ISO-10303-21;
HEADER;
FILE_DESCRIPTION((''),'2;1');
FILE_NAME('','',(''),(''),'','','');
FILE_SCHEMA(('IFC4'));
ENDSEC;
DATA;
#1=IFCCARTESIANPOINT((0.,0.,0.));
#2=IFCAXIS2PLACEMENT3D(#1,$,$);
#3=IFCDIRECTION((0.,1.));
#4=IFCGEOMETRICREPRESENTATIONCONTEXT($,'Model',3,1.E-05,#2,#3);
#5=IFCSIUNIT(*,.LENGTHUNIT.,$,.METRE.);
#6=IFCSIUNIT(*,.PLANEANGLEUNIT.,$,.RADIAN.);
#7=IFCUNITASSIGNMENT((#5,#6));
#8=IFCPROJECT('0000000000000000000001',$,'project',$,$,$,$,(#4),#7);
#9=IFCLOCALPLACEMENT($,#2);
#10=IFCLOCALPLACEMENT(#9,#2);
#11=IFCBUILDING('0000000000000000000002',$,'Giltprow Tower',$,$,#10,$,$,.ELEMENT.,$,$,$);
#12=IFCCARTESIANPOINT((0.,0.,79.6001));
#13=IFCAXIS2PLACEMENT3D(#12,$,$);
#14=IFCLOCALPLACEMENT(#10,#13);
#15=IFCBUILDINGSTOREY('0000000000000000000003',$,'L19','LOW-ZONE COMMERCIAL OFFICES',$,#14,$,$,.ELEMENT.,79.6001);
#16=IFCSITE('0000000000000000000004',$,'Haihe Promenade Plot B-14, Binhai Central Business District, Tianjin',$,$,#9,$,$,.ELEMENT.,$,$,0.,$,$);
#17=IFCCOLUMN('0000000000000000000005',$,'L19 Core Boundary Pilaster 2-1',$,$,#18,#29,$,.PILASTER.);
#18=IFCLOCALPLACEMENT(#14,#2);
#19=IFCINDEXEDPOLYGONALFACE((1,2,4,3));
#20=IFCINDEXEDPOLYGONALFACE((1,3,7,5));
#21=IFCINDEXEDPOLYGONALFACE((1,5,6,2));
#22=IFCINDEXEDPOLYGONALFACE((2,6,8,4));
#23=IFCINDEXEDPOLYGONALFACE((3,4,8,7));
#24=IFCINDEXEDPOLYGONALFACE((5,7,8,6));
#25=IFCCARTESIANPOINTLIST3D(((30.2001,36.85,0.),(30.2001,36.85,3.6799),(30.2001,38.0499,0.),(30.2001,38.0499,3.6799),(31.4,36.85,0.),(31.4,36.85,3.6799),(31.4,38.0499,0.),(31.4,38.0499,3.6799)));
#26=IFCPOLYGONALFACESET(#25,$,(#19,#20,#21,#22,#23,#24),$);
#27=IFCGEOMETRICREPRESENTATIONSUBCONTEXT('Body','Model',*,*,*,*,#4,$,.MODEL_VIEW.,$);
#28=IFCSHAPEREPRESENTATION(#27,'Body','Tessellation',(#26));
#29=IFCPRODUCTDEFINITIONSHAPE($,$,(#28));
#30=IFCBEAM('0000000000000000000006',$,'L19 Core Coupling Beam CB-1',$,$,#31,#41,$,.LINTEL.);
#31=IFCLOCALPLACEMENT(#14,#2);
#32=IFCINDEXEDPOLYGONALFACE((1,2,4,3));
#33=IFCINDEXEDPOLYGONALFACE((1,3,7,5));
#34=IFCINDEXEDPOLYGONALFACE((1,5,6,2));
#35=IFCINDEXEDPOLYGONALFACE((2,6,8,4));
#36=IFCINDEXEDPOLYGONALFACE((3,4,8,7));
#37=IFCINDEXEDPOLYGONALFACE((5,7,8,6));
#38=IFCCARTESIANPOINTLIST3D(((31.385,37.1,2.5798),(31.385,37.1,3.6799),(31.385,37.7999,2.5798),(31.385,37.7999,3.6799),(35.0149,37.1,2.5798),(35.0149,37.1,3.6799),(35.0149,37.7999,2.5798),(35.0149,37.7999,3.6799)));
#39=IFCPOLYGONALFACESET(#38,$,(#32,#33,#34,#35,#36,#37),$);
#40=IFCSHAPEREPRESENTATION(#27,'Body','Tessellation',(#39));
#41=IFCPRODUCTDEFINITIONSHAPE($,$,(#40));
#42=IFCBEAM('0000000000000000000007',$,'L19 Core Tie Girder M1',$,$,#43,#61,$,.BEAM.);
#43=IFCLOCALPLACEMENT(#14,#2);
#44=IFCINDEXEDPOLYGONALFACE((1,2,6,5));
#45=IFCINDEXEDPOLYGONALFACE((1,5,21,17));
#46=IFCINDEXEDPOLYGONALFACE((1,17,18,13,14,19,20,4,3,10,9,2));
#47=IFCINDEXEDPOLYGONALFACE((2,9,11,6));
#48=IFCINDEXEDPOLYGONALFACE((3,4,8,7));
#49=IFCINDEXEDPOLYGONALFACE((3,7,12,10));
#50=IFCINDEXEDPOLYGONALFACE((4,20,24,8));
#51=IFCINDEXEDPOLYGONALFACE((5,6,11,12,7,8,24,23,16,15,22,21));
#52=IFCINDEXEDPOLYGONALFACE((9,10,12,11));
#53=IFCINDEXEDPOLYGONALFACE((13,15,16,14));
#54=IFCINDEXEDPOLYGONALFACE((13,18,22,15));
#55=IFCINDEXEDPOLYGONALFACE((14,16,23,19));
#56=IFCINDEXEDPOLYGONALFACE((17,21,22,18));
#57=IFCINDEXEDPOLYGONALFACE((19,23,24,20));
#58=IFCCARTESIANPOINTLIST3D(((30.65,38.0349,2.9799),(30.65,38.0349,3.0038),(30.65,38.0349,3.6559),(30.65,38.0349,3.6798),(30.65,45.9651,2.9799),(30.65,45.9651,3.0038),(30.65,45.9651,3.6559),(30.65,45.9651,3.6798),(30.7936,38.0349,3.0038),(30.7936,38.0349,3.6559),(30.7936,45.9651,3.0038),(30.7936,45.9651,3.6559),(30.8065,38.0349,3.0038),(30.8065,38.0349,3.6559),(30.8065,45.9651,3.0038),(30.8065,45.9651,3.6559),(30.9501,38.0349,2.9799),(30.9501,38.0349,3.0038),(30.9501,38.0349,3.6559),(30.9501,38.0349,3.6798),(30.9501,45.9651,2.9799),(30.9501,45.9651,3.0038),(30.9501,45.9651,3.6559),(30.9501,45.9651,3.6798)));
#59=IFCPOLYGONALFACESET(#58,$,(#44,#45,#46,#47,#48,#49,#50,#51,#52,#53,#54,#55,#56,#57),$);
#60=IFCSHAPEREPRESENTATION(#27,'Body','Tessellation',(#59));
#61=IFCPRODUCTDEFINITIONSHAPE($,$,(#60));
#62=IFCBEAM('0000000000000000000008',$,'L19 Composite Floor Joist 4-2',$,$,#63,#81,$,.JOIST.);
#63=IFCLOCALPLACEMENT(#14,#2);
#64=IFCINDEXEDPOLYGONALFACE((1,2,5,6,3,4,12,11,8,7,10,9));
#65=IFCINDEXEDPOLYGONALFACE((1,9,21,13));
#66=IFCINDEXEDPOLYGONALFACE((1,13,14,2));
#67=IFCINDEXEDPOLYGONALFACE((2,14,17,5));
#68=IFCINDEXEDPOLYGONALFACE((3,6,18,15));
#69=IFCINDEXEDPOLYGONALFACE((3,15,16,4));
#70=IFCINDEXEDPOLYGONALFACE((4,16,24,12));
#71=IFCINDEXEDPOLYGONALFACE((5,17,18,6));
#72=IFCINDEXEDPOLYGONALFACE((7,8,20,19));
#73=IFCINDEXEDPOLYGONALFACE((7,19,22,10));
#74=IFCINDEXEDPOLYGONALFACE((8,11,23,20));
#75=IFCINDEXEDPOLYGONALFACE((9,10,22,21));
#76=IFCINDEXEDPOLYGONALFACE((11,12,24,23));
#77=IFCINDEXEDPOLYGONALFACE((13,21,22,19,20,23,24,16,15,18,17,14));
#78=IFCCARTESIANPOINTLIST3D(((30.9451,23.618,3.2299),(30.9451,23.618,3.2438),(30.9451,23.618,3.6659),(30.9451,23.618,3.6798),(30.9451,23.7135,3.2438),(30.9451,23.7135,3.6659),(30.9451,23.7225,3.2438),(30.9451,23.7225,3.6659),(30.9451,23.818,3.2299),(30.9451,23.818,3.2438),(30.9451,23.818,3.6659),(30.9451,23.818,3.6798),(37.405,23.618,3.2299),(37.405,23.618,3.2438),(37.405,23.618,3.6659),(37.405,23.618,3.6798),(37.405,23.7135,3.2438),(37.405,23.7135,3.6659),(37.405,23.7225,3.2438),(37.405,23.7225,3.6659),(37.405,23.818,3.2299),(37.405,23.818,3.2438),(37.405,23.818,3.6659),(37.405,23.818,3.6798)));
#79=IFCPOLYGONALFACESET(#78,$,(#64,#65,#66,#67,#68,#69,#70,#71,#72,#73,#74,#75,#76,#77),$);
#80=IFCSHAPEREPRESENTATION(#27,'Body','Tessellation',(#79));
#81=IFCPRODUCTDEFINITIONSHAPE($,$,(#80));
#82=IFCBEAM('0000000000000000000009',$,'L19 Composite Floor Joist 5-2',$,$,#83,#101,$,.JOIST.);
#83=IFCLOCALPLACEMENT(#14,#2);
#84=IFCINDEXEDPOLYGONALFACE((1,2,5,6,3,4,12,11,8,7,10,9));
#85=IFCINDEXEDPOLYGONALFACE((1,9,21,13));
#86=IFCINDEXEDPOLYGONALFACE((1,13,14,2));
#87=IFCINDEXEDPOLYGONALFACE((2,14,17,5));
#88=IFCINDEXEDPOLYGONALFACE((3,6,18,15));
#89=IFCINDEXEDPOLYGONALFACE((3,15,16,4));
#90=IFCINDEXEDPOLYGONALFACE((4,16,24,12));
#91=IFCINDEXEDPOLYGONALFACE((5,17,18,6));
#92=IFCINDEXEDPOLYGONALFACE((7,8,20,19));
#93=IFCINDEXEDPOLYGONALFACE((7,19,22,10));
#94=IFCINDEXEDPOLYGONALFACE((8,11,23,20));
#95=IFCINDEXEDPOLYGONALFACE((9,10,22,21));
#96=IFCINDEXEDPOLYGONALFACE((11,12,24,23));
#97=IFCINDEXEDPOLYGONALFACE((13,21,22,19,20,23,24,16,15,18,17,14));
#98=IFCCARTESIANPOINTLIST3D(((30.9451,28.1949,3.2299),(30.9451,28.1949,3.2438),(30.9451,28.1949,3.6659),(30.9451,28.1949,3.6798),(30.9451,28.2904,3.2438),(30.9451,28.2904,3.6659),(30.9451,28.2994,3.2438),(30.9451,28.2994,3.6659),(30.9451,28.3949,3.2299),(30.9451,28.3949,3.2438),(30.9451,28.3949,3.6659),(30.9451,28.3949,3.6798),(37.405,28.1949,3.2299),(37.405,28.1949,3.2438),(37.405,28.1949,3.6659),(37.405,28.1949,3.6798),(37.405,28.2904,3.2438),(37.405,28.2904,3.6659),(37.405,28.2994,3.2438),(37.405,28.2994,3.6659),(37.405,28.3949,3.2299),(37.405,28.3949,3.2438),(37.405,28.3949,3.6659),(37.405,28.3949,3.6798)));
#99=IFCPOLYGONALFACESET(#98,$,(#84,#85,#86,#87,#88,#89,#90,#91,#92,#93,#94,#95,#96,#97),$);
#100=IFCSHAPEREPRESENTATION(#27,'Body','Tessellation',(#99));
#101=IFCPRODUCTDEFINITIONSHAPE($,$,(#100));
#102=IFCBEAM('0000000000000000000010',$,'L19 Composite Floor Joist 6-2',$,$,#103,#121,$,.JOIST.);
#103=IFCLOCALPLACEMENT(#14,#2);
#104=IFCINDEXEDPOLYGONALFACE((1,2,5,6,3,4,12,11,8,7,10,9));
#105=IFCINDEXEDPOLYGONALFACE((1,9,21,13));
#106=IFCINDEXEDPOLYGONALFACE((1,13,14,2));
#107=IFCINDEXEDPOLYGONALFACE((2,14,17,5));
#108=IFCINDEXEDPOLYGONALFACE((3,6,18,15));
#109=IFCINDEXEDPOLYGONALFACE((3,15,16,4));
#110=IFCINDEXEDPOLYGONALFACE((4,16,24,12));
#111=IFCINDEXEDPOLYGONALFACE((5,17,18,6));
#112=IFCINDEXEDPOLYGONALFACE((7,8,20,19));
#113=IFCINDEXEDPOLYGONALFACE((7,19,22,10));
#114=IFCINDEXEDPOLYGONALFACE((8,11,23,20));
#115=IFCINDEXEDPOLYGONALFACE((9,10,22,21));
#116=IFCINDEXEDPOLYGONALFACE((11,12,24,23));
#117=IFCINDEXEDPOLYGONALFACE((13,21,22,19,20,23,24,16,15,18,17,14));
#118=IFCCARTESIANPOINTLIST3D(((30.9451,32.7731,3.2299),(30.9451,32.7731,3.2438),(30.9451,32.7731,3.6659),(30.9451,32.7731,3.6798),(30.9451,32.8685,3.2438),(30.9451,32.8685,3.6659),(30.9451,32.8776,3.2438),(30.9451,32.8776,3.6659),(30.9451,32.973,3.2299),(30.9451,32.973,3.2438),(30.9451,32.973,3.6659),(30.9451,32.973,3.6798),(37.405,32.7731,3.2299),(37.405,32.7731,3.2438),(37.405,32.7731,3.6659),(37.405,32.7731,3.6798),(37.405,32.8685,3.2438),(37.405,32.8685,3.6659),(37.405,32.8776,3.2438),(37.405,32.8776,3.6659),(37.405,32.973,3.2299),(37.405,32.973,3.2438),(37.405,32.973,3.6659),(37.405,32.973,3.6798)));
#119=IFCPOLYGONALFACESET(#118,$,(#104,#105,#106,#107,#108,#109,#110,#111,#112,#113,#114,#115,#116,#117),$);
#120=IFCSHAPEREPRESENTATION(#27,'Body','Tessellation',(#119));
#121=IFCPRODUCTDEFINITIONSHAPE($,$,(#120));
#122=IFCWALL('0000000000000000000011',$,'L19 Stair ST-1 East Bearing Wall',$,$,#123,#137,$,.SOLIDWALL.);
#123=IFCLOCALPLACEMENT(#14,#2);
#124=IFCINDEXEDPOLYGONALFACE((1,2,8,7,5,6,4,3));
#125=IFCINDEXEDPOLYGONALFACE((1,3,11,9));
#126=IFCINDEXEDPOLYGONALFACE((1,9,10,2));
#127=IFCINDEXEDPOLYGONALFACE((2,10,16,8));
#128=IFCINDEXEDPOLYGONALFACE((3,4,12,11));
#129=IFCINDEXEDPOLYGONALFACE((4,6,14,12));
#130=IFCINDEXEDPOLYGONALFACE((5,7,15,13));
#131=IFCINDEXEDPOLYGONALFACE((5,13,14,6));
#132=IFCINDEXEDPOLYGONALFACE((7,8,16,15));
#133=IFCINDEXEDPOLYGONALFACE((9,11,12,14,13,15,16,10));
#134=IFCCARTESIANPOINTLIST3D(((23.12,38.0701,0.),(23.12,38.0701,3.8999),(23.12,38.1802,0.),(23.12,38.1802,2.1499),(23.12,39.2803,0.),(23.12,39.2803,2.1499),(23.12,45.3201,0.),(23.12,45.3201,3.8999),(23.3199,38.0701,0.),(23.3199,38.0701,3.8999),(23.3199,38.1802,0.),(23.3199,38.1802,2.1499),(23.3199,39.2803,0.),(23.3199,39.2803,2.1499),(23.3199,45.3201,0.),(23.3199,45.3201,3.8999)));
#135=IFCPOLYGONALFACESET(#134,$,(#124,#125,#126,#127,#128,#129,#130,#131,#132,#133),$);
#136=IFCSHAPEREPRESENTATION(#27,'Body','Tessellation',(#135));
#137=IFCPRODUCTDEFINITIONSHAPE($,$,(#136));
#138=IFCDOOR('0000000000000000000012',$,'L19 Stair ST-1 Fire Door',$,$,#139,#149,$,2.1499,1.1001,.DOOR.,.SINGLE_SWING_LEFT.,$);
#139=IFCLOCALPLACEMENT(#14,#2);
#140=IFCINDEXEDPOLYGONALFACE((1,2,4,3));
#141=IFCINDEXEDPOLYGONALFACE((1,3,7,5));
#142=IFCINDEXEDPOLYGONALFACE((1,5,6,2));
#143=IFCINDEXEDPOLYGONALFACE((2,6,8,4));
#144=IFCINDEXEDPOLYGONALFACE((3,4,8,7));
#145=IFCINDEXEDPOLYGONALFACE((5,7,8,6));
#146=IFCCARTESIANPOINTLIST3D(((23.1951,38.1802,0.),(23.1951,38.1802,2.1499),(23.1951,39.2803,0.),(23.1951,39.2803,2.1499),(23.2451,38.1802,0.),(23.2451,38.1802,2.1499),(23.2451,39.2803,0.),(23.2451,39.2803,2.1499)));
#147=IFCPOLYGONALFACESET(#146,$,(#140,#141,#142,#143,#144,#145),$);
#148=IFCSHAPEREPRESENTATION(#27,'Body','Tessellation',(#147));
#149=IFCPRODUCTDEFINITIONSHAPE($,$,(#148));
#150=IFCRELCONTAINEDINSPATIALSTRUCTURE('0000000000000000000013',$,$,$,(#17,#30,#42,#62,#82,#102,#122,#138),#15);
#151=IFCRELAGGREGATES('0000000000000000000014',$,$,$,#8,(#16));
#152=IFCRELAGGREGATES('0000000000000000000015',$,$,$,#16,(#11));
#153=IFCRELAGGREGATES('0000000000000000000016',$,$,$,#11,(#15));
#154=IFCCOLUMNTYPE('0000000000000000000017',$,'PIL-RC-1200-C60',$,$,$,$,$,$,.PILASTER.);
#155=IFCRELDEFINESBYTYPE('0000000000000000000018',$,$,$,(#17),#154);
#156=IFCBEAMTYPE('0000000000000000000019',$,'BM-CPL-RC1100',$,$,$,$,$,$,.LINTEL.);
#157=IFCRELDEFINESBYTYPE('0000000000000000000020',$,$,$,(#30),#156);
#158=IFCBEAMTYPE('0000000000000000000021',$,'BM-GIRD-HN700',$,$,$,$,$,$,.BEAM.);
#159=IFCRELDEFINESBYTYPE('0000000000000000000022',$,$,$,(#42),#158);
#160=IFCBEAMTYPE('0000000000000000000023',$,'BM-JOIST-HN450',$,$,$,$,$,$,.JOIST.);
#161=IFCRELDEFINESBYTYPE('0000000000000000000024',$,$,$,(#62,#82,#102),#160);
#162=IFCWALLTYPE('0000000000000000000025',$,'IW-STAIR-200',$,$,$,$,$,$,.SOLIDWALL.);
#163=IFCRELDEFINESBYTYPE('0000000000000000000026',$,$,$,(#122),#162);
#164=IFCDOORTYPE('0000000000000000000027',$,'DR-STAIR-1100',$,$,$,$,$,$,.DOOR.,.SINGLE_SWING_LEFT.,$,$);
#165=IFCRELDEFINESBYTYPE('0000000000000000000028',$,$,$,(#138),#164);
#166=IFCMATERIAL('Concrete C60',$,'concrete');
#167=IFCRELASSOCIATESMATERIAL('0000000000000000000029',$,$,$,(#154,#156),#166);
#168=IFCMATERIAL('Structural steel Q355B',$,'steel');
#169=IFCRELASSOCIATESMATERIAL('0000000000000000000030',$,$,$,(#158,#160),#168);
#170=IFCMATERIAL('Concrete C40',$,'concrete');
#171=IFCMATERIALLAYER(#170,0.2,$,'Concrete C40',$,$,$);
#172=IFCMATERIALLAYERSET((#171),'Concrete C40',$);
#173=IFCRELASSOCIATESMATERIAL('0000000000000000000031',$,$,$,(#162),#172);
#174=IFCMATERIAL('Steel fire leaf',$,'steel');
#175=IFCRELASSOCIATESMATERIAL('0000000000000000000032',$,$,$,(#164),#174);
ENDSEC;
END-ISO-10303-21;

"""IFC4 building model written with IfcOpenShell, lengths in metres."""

from ifc_helpers import new_model, si_unit, direction, frame, frame_2d, origin, origin_2d, place, context, subcontext, project, spatial, rectangle, i_section, extrude, source, transform, mapped, material, layer, layer_set, material_profile, profile_set, type_object, element, fill, save


model = new_model("IFC4")

# Units and contexts
model_context = context("Model", 3, precision=1e-05, world=origin(), true_north=direction((0.0, 1.0)))
body_context = subcontext(model_context, "Body", "Model", "MODEL_VIEW")
ifc_project = project(units=[si_unit("LENGTHUNIT", "METRE"), si_unit("PLANEANGLEUNIT", "RADIAN")], contexts=[model_context])

# Site, building, storey
site_placement = place(None, origin())
site = spatial("IfcSite", under=ifc_project, at=site_placement, Name="Haihe Promenade Plot B-14, Binhai Central Business District, Tianjin", CompositionType="ELEMENT", RefElevation=0.0)
building_placement = place(site_placement, origin())
building = spatial("IfcBuilding", under=site, at=building_placement, Name="Giltprow Tower", CompositionType="ELEMENT")
storey_placement = place(building_placement, frame((0.0, 0.0, 79.6001)))
storey = spatial("IfcBuildingStorey", under=building, at=storey_placement, Name="L19", Description="LOW-ZONE COMMERCIAL OFFICES", CompositionType="ELEMENT", Elevation=79.6001)

# Column
ifc_material_1 = material(Name="Concrete C60", Category="concrete")
ifc_material_profile_1 = material_profile(ifc_material_1, rectangle(XDim=1.2, YDim=1.2, at=origin_2d()), Name="RC 1200x1200")
ifc_profile_set_1 = profile_set([ifc_material_profile_1], Name="Concrete C60")
column_type = type_object("IfcColumnType", Name="PIL-RC-1200-C60", PredefinedType="PILASTER", material=ifc_profile_set_1)
shared_shape_1 = source(origin(), body_context, "Body", "SweptSolid", [
    extrude(rectangle(XDim=1.2, YDim=1.2, at=origin_2d()), origin(), (0.0, 0.0, 1.0), 3.6799),
])
column_placement = place(storey_placement, frame((30.8, 37.45, 0.0), z_axis=(0.0, 0.0, 1.0), x_axis=(1.0, 0.0, 0.0)))
element("IfcColumn", 1, at=column_placement, inside=storey, type_object=column_type, Name="L19 Core Boundary Pilaster 2-1", PredefinedType="PILASTER", context=body_context, shape_type="MappedRepresentation", body=[
    mapped(shared_shape_1, transform((0.0, 0.0, 0.0), x_axis=(1.0, 0.0, 0.0), y_axis=(0.0, 1.0, 0.0), z_axis=(0.0, 0.0, 1.0), scale=1.0)),
])

# Beams
ifc_material_profile_2 = material_profile(ifc_material_1, rectangle(XDim=0.7, YDim=1.1001, at=origin_2d()), Name="RC 1100x700")
ifc_profile_set_2 = profile_set([ifc_material_profile_2], Name="Concrete C60")
beam_type_1 = type_object("IfcBeamType", Name="BM-CPL-RC1100", PredefinedType="LINTEL", material=ifc_profile_set_2)
shared_shape_2 = source(origin(), body_context, "Body", "SweptSolid", [
    extrude(rectangle(XDim=0.7, YDim=1.1001, at=origin_2d()), origin(), (0.0, 0.0, 1.0), 3.6299),
])
beam_1_placement = place(storey_placement, frame((31.385, 37.45, 3.1299), z_axis=(1.0, 0.0, 0.0), x_axis=(0.0, 1.0, 0.0)))
element("IfcBeam", 2, at=beam_1_placement, inside=storey, type_object=beam_type_1, Name="L19 Core Coupling Beam CB-1", PredefinedType="LINTEL", context=body_context, shape_type="MappedRepresentation", body=[
    mapped(shared_shape_2, transform((0.0, 0.0, 0.0), x_axis=(1.0, 0.0, 0.0), y_axis=(0.0, 1.0, 0.0), z_axis=(0.0, 0.0, 1.0), scale=1.0)),
])
ifc_material_2 = material(Name="Structural steel Q355B", Category="steel")
ifc_material_profile_3 = material_profile(ifc_material_2, i_section(OverallWidth=0.3, OverallDepth=0.7, WebThickness=0.0129, FlangeThickness=0.0239, at=origin_2d()), Name="HN 700x300x13x24")
ifc_profile_set_3 = profile_set([ifc_material_profile_3], Name="Structural steel Q355B")
beam_type_2 = type_object("IfcBeamType", Name="BM-GIRD-HN700", PredefinedType="BEAM", material=ifc_profile_set_3)
shared_shape_3 = source(origin(), body_context, "Body", "SweptSolid", [
    extrude(i_section(OverallWidth=0.3, OverallDepth=0.7, WebThickness=0.0129, FlangeThickness=0.0239, at=origin_2d()), origin(), (0.0, 0.0, 1.0), 7.9302),
])
beam_2_placement = place(storey_placement, frame((30.8, 38.0349, 3.3298), z_axis=(0.0, 1.0, 0.0), x_axis=(-1.0, 0.0, 0.0)))
element("IfcBeam", 3, at=beam_2_placement, inside=storey, type_object=beam_type_2, Name="L19 Core Tie Girder M1", PredefinedType="BEAM", context=body_context, shape_type="MappedRepresentation", body=[
    mapped(shared_shape_3, transform((0.0, 0.0, 0.0), x_axis=(1.0, 0.0, 0.0), y_axis=(0.0, 1.0, 0.0), z_axis=(0.0, 0.0, 1.0), scale=1.0)),
])
ifc_material_profile_4 = material_profile(ifc_material_2, i_section(OverallWidth=0.2, OverallDepth=0.45, WebThickness=0.009, FlangeThickness=0.0139, at=origin_2d()), Name="HN 450x200x9x14")
ifc_profile_set_4 = profile_set([ifc_material_profile_4], Name="Structural steel Q355B")
beam_type_3 = type_object("IfcBeamType", Name="BM-JOIST-HN450", PredefinedType="JOIST", material=ifc_profile_set_4)
shared_shape_4 = source(origin(), body_context, "Body", "SweptSolid", [
    extrude(i_section(OverallWidth=0.2, OverallDepth=0.45, WebThickness=0.009, FlangeThickness=0.0139, at=origin_2d()), origin(), (0.0, 0.0, 1.0), 6.46),
])
for number, where, z_axis, x_axis, name in (
    (4, (30.9451, 23.718, 3.4548), (1.0, 0.0, 0.0), (0.0, 1.0, 0.0), "L19 Composite Floor Joist 4-2"),
    (5, (30.9451, 28.2949, 3.4548), (1.0, 0.0, 0.0), (0.0, 1.0, 0.0), "L19 Composite Floor Joist 5-2"),
    (6, (30.9451, 32.873, 3.4548), (1.0, 0.0, 0.0), (0.0, 1.0, 0.0), "L19 Composite Floor Joist 6-2"),
):
    element("IfcBeam", number, at=place(storey_placement, frame(where, z_axis=z_axis, x_axis=x_axis)), inside=storey, type_object=beam_type_3, Name=name, PredefinedType="JOIST", context=body_context, shape_type="MappedRepresentation", body=[
        mapped(shared_shape_4, transform((0.0, 0.0, 0.0), x_axis=(1.0, 0.0, 0.0), y_axis=(0.0, 1.0, 0.0), z_axis=(0.0, 0.0, 1.0), scale=1.0)),
    ])

# Wall, opening, door
ifc_material_3 = material(Name="Concrete C40", Category="concrete")
ifc_layer = layer(ifc_material_3, 0.2, Name="Concrete C40")
ifc_layer_set = layer_set([ifc_layer], Name="Concrete C40")
wall_type = type_object("IfcWallType", Name="IW-STAIR-200", PredefinedType="SOLIDWALL", material=ifc_layer_set)
wall_1_placement = place(storey_placement, frame((23.22, 38.0701, 0.0), z_axis=(0.0, 0.0, 1.0), x_axis=(0.0, 1.0, 0.0)))
wall_1 = element("IfcWall", 7, at=wall_1_placement, inside=storey, type_object=wall_type, Name="L19 Stair ST-1 East Bearing Wall", PredefinedType="SOLIDWALL", context=body_context, shape_type="SweptSolid", body=[
    extrude(rectangle(XDim=7.25, YDim=0.2, at=frame_2d((3.625, 0.0))), origin(), (0.0, 0.0, 1.0), 3.8999),
])
opening_1_placement = place(wall_1_placement, frame((0.1101, 0.0, 0.0)))
opening_1 = element("IfcOpeningElement", 8, at=opening_1_placement, cuts=wall_1, PredefinedType="OPENING", context=body_context, shape_type="SweptSolid", body=[
    extrude(rectangle(XDim=1.1001, YDim=2.1499, at=frame_2d((0.55, 1.075))), frame((0.0, 0.1099, 0.0), z_axis=(0.0, -1.0, 0.0), x_axis=(1.0, 0.0, 0.0)), (0.0, 0.0, 1.0), 0.22),
])
ifc_material_4 = material(Name="Steel fire leaf", Category="steel")
door_type = type_object("IfcDoorType", Name="DR-STAIR-1100", OperationType="SINGLE_SWING_LEFT", PredefinedType="DOOR", material=ifc_material_4)
shared_shape_5 = source(origin(), body_context, "Body", "SweptSolid", [
    extrude(rectangle(XDim=1.1001, YDim=2.1499, at=frame_2d((0.55, 1.075))), frame((0.0, 0.0249, 0.0), z_axis=(0.0, -1.0, 0.0), x_axis=(1.0, 0.0, 0.0)), (0.0, 0.0, 1.0), 0.05),
])
door_1_placement = place(opening_1_placement, origin())
door_1 = element("IfcDoor", 9, at=door_1_placement, inside=storey, type_object=door_type, Name="L19 Stair ST-1 Fire Door", OperationType="SINGLE_SWING_LEFT", OverallHeight=2.1499, OverallWidth=1.1001, PredefinedType="DOOR", context=body_context, shape_type="MappedRepresentation", body=[
    mapped(shared_shape_5, transform((0.0, 0.0, 0.0), x_axis=(1.0, 0.0, 0.0), y_axis=(0.0, 1.0, 0.0), z_axis=(0.0, 0.0, 1.0), scale=1.0)),
])
fill(opening_1, door_1)

save(model, "model.ifc")
